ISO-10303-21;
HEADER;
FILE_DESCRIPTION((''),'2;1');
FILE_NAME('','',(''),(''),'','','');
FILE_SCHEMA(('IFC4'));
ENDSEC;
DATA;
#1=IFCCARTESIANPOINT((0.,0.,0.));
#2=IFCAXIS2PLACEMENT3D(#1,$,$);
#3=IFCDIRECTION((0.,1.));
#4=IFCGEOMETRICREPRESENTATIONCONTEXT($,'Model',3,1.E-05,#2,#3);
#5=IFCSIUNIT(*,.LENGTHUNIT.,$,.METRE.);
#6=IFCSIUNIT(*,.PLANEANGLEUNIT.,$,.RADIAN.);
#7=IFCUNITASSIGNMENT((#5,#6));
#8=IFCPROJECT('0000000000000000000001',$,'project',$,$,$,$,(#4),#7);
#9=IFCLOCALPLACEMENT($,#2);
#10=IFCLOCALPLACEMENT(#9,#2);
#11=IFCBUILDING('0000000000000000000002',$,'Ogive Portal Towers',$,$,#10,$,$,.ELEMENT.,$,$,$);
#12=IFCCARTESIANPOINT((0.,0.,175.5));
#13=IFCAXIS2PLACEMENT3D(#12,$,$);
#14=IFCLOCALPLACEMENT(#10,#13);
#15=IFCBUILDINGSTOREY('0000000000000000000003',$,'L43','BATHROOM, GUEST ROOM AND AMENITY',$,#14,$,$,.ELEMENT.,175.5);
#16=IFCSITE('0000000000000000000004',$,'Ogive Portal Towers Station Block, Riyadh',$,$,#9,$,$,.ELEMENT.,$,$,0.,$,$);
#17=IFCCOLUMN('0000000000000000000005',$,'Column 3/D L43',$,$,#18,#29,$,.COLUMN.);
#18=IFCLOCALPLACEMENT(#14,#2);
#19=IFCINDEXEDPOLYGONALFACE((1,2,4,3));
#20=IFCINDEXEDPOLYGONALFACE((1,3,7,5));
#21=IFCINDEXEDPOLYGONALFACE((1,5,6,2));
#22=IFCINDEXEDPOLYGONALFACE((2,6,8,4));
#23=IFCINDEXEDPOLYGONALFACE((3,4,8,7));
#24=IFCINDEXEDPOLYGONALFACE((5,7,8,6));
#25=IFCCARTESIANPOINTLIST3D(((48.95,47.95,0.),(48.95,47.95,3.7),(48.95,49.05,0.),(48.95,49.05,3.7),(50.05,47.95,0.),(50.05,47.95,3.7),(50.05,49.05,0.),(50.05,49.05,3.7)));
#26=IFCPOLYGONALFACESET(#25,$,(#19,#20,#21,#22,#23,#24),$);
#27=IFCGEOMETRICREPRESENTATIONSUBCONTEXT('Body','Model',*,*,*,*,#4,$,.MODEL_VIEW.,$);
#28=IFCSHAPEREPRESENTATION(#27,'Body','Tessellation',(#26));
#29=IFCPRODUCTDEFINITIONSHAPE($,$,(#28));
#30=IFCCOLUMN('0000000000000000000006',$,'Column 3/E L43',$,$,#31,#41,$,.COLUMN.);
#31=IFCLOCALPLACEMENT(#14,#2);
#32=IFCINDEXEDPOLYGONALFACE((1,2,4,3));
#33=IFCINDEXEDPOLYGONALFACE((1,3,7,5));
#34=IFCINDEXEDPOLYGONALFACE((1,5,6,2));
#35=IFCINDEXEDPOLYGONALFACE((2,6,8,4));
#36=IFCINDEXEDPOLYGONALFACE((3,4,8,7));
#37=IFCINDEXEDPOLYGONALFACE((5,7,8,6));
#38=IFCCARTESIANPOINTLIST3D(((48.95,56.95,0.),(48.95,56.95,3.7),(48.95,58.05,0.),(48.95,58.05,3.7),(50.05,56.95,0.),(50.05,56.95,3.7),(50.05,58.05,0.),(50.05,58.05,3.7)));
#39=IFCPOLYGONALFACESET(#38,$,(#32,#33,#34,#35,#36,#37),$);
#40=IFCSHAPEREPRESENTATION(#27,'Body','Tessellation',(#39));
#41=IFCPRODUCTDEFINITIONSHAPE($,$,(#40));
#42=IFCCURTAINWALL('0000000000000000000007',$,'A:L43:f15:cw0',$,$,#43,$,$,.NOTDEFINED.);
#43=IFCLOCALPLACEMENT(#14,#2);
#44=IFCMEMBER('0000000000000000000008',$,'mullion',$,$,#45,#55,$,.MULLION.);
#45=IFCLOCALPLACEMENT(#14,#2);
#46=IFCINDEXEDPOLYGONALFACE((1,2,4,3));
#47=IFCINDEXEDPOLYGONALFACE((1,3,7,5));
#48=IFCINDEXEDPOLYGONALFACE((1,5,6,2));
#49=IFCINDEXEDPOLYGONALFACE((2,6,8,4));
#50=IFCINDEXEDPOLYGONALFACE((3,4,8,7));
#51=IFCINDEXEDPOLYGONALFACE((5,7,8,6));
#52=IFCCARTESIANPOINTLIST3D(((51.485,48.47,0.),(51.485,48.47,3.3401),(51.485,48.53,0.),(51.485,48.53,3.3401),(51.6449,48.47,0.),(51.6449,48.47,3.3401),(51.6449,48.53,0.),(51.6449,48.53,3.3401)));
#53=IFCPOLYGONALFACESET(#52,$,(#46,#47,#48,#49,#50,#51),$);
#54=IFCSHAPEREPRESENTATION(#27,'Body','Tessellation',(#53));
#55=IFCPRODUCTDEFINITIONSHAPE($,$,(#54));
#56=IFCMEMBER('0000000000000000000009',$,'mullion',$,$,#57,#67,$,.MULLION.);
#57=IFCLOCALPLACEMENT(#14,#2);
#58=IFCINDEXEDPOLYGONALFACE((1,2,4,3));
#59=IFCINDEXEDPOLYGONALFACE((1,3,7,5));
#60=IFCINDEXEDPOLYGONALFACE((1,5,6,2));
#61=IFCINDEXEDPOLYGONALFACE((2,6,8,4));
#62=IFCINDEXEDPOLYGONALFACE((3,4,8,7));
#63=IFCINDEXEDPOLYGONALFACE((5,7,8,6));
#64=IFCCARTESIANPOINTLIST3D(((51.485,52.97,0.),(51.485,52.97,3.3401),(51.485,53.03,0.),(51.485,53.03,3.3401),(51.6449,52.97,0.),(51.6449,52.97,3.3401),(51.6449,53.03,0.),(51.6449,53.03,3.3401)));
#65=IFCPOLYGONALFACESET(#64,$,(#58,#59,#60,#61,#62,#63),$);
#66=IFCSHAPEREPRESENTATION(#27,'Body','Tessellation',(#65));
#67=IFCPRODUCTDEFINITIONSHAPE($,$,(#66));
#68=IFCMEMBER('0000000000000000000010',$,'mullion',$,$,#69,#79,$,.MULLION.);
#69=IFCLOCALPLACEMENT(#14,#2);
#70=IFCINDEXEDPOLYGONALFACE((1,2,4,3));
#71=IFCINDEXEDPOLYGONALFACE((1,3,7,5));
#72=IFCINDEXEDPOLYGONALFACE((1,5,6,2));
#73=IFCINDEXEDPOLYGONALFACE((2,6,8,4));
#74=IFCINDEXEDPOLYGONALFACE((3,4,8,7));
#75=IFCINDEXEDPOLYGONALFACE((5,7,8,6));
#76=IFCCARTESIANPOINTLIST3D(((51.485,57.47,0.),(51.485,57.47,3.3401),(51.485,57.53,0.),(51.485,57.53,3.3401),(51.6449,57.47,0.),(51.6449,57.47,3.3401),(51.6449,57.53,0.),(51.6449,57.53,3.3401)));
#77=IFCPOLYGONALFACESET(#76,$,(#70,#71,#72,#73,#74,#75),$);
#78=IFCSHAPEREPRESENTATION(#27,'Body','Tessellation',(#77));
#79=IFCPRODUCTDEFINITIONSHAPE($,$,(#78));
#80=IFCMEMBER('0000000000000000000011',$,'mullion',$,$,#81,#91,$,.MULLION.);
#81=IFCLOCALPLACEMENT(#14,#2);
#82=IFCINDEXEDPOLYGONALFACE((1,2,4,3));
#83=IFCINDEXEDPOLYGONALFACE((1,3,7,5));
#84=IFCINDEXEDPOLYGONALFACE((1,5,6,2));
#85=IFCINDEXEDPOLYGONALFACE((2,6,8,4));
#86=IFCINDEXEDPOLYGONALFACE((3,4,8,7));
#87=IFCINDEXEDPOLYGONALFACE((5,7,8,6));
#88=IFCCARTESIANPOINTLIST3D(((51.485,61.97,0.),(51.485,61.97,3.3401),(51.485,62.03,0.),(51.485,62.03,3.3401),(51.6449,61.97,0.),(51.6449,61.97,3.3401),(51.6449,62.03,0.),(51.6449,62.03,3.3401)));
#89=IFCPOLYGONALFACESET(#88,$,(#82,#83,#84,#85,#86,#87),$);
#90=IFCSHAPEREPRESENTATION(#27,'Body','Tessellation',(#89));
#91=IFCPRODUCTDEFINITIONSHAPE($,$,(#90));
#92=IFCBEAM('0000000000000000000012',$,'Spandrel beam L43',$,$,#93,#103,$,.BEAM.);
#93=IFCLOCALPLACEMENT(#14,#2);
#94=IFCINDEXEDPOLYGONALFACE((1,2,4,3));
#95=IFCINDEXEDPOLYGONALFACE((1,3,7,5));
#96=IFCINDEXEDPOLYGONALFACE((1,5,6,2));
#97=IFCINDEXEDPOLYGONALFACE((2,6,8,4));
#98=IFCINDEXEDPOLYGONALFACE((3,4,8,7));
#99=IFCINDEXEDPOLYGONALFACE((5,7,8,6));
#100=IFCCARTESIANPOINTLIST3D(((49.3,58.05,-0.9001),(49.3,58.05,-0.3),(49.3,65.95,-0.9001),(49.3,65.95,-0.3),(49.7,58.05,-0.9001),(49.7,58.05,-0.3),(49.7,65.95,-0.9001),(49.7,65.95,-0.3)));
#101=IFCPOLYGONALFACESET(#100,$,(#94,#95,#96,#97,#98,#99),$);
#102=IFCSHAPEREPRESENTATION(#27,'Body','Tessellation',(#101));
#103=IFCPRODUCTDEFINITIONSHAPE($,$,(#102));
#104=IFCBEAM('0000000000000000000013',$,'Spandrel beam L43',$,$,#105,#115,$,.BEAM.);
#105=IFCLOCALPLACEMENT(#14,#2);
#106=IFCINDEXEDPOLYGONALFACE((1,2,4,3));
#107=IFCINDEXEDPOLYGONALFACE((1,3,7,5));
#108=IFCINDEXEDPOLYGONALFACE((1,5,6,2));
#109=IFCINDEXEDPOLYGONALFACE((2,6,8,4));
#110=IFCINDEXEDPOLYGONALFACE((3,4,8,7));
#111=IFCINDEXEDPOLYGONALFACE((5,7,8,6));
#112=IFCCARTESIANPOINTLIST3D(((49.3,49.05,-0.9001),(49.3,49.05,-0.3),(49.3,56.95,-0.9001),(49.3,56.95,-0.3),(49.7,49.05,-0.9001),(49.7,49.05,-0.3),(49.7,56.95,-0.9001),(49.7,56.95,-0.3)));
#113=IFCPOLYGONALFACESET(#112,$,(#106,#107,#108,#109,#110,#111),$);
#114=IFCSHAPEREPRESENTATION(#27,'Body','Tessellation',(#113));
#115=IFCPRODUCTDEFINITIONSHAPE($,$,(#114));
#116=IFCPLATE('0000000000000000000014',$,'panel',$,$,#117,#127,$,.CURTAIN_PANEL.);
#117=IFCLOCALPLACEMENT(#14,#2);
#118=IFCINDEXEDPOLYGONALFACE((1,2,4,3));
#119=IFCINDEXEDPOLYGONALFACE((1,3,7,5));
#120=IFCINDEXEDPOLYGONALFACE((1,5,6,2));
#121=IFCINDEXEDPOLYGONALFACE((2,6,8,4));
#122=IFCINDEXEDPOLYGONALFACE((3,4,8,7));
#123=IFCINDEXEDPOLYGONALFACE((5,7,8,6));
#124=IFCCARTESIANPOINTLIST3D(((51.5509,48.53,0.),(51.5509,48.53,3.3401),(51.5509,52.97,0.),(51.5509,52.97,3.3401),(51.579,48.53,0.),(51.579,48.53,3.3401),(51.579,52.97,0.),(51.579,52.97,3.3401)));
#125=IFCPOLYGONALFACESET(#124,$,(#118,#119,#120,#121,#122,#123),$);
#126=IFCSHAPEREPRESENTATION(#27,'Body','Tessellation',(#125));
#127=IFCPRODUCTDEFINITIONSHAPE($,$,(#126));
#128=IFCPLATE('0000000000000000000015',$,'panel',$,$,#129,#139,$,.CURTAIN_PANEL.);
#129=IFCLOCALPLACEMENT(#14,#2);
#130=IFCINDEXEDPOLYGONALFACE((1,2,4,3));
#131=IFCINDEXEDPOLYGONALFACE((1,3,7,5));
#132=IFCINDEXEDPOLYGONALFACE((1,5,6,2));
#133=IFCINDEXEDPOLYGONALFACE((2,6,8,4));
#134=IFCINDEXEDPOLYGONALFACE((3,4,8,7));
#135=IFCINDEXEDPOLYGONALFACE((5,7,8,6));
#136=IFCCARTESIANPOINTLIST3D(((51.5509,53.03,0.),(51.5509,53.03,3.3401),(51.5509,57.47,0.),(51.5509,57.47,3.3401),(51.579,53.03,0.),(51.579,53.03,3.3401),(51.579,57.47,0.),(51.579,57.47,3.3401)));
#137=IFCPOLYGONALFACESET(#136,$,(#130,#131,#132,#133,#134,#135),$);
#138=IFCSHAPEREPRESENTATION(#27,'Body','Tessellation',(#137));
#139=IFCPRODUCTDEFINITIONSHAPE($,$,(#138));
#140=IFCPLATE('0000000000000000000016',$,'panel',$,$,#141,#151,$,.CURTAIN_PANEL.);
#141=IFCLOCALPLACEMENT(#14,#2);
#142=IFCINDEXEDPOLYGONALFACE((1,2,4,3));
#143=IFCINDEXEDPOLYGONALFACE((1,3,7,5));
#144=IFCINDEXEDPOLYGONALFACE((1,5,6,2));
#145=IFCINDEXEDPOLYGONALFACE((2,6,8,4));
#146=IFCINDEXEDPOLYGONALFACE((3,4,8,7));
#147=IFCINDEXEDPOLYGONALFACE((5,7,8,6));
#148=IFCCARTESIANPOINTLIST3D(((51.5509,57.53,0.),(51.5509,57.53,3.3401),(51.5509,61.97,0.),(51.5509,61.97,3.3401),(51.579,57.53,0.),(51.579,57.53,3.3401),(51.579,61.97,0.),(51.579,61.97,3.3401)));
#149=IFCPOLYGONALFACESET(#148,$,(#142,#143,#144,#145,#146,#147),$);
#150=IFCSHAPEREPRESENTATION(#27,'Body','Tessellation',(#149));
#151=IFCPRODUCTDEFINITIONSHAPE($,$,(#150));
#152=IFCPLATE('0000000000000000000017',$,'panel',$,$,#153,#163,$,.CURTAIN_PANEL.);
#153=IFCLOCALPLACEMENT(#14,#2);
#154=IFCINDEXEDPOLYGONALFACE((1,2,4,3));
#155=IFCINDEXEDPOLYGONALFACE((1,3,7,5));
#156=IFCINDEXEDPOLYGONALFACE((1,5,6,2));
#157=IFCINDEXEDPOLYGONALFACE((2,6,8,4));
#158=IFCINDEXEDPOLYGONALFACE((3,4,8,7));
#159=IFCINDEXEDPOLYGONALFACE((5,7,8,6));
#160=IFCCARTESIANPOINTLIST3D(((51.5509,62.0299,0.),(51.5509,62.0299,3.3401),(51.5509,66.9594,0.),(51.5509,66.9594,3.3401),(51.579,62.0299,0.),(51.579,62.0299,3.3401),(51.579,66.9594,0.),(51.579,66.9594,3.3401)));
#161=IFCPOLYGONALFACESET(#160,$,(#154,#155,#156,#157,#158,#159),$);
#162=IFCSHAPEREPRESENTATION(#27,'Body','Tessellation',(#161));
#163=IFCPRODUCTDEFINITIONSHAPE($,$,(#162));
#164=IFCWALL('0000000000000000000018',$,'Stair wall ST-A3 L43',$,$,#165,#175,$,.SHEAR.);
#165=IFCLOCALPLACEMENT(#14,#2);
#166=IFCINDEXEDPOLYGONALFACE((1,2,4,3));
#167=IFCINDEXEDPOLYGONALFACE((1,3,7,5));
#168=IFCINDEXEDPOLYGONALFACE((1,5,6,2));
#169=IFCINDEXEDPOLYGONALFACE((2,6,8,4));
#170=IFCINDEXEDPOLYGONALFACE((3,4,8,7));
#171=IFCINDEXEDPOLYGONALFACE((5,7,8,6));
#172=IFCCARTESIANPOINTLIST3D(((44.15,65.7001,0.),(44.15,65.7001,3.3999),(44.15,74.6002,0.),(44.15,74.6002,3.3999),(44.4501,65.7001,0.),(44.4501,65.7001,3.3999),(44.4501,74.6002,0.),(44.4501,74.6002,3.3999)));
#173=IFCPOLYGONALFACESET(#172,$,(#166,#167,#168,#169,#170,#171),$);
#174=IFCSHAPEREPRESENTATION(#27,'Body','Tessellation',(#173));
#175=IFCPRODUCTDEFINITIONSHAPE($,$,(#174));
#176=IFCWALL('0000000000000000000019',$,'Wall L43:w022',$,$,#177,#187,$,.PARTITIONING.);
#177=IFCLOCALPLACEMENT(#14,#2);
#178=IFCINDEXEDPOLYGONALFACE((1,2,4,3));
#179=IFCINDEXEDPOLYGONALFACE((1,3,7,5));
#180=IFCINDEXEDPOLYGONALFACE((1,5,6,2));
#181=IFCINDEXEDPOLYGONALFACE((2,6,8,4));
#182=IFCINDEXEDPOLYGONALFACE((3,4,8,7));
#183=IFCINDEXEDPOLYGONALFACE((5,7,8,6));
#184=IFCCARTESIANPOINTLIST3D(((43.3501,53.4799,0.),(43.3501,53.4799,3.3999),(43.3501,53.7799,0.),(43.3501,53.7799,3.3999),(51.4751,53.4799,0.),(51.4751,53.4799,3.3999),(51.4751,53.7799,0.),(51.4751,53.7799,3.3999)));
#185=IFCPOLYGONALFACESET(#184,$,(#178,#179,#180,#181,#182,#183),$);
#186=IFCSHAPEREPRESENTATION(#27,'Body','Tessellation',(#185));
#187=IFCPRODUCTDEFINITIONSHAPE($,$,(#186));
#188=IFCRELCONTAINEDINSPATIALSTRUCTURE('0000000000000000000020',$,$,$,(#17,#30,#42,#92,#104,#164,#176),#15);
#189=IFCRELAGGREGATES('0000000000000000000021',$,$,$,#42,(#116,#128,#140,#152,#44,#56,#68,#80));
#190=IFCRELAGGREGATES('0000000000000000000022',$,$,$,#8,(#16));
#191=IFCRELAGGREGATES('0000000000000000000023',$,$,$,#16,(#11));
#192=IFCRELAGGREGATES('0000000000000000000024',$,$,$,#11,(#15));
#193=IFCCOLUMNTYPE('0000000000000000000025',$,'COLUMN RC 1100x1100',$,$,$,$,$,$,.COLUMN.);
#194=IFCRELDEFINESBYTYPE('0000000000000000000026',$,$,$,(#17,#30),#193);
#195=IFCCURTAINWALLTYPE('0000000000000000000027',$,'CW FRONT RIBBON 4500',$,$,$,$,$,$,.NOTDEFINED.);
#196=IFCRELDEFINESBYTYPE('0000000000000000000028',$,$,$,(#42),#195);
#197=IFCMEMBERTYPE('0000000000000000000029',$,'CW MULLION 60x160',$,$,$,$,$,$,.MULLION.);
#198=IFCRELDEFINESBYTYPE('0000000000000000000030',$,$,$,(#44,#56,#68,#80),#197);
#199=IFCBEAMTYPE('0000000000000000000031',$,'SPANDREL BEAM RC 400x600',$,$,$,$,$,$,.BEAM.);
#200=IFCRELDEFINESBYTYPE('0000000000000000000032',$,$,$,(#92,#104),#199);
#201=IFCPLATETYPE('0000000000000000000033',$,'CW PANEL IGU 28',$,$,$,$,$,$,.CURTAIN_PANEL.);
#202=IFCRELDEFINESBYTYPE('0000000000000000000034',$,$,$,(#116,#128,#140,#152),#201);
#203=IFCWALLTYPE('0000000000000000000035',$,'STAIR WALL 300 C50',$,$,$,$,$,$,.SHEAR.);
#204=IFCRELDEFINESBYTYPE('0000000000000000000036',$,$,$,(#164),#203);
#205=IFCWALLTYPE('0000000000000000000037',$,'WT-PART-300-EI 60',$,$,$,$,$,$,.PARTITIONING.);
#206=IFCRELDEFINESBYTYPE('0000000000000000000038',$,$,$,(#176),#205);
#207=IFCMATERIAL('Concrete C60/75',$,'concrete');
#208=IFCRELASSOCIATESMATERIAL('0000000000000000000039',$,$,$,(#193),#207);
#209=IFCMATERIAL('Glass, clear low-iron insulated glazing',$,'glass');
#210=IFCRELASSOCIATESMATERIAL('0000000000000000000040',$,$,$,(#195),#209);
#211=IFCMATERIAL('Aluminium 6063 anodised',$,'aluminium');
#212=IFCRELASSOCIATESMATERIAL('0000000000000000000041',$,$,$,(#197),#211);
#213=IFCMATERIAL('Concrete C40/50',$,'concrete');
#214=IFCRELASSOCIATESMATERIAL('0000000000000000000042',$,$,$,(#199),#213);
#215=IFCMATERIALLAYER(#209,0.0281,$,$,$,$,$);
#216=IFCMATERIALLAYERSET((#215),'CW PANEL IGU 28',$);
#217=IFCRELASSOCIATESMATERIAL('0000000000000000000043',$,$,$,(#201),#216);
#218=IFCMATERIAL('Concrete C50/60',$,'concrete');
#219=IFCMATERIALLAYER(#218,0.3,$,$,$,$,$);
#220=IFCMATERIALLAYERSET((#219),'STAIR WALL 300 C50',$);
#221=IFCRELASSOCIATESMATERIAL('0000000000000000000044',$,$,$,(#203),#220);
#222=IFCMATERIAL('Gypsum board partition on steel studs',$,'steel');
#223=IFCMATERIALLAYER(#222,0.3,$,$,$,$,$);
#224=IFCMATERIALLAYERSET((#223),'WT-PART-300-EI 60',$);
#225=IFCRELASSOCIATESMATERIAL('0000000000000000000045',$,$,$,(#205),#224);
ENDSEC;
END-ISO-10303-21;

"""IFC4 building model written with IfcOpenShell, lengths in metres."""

from ifc_helpers import new_model, si_unit, direction, frame, frame_2d, origin, origin_2d, place, context, subcontext, project, spatial, rectangle, extrude, material, layer, layer_set, material_profile, profile_set, type_object, element, aggregate, save


model = new_model("IFC4")

# Units and contexts
model_context = context("Model", 3, precision=1e-05, world=origin(), true_north=direction((0.0, 1.0)))
body_context = subcontext(model_context, "Body", "Model", "MODEL_VIEW")
ifc_project = project(units=[si_unit("LENGTHUNIT", "METRE"), si_unit("PLANEANGLEUNIT", "RADIAN")], contexts=[model_context])

# Site, building, storey
site_placement = place(None, origin())
site = spatial("IfcSite", under=ifc_project, at=site_placement, Name="Ogive Portal Towers Station Block, Riyadh", CompositionType="ELEMENT", RefElevation=0.0)
building_placement = place(site_placement, origin())
building = spatial("IfcBuilding", under=site, at=building_placement, Name="Ogive Portal Towers", CompositionType="ELEMENT")
storey_placement = place(building_placement, frame((0.0, 0.0, 175.5)))
storey = spatial("IfcBuildingStorey", under=building, at=storey_placement, Name="L43", Description="BATHROOM, GUEST ROOM AND AMENITY", CompositionType="ELEMENT", Elevation=175.5)

# Columns
ifc_material_1 = material(Name="Concrete C60/75", Category="concrete")
ifc_material_profile_1 = material_profile(ifc_material_1, rectangle(XDim=1.1001, YDim=1.1001, at=origin_2d()), Name="RC 1100x1100")
ifc_profile_set_1 = profile_set([ifc_material_profile_1], Name="Concrete C60/75")
column_type = type_object("IfcColumnType", Name="COLUMN RC 1100x1100", PredefinedType="COLUMN", material=ifc_profile_set_1)
for number, where, z_axis, x_axis, name in (
    (1, (49.5, 48.5, 0.0), (0.0, 0.0, 1.0), (1.0, 0.0, 0.0), "Column 3/D L43"),
    (2, (49.5, 57.5, 0.0), (0.0, 0.0, 1.0), (1.0, 0.0, 0.0), "Column 3/E L43"),
):
    element("IfcColumn", number, at=place(storey_placement, frame(where, z_axis=z_axis, x_axis=x_axis)), inside=storey, type_object=column_type, Name=name, PredefinedType="COLUMN", context=body_context, shape_type="SweptSolid", body=[
        extrude(rectangle(XDim=1.1001, YDim=1.1001, at=origin_2d()), origin(), (0.0, 0.0, 1.0), 3.7),
    ])

# Curtain wall, members
ifc_material_2 = material(Name="Glass, clear low-iron insulated glazing", Category="glass")
curtain_wall_type = type_object("IfcCurtainWallType", Name="CW FRONT RIBBON 4500", PredefinedType="NOTDEFINED", material=ifc_material_2)
curtain_wall_placement = place(storey_placement, origin())
curtain_wall = element("IfcCurtainWall", 3, at=curtain_wall_placement, inside=storey, type_object=curtain_wall_type, Name="A:L43:f15:cw0", PredefinedType="NOTDEFINED")
ifc_material_3 = material(Name="Aluminium 6063 anodised", Category="aluminium")
ifc_material_profile_2 = material_profile(ifc_material_3, rectangle(XDim=0.1599, YDim=0.0601, at=origin_2d()), Name="AL 60x160")
ifc_profile_set_2 = profile_set([ifc_material_profile_2], Name="Aluminium 6063 anodised")
member_type = type_object("IfcMemberType", Name="CW MULLION 60x160", PredefinedType="MULLION", material=ifc_profile_set_2)
member_1_placement = place(storey_placement, frame((51.5649, 48.5, 0.0), z_axis=(0.0, 0.0, 1.0), x_axis=(-1.0, 0.0, 0.0)))
member_1 = element("IfcMember", 4, at=member_1_placement, type_object=member_type, Name="mullion", PredefinedType="MULLION", context=body_context, shape_type="SweptSolid", body=[
    extrude(rectangle(XDim=0.1599, YDim=0.0601, at=origin_2d()), origin(), (0.0, 0.0, 1.0), 3.3401),
])
member_2_placement = place(storey_placement, frame((51.5649, 53.0, 0.0), z_axis=(0.0, 0.0, 1.0), x_axis=(-1.0, 0.0, 0.0)))
member_2 = element("IfcMember", 5, at=member_2_placement, type_object=member_type, Name="mullion", PredefinedType="MULLION", context=body_context, shape_type="SweptSolid", body=[
    extrude(rectangle(XDim=0.1599, YDim=0.0601, at=origin_2d()), origin(), (0.0, 0.0, 1.0), 3.3401),
])
member_3_placement = place(storey_placement, frame((51.5649, 57.5, 0.0), z_axis=(0.0, 0.0, 1.0), x_axis=(-1.0, 0.0, 0.0)))
member_3 = element("IfcMember", 6, at=member_3_placement, type_object=member_type, Name="mullion", PredefinedType="MULLION", context=body_context, shape_type="SweptSolid", body=[
    extrude(rectangle(XDim=0.1599, YDim=0.0601, at=origin_2d()), origin(), (0.0, 0.0, 1.0), 3.3401),
])
member_4_placement = place(storey_placement, frame((51.5649, 62.0, 0.0), z_axis=(0.0, 0.0, 1.0), x_axis=(-1.0, 0.0, 0.0)))
member_4 = element("IfcMember", 7, at=member_4_placement, type_object=member_type, Name="mullion", PredefinedType="MULLION", context=body_context, shape_type="SweptSolid", body=[
    extrude(rectangle(XDim=0.1599, YDim=0.0601, at=origin_2d()), origin(), (0.0, 0.0, 1.0), 3.3401),
])

# Beams
ifc_material_4 = material(Name="Concrete C40/50", Category="concrete")
ifc_material_profile_3 = material_profile(ifc_material_4, rectangle(XDim=0.3999, YDim=0.6001, at=origin_2d()), Name="RC 400x600")
ifc_profile_set_3 = profile_set([ifc_material_profile_3], Name="Concrete C40/50")
beam_type = type_object("IfcBeamType", Name="SPANDREL BEAM RC 400x600", PredefinedType="BEAM", material=ifc_profile_set_3)
for number, where, z_axis, x_axis, name in (
    (8, (49.5, 65.95, -0.6001), (0.0, -1.0, 0.0), (1.0, 0.0, 0.0), "Spandrel beam L43"),
    (9, (49.5, 56.95, -0.6001), (0.0, -1.0, 0.0), (1.0, 0.0, 0.0), "Spandrel beam L43"),
):
    element("IfcBeam", number, at=place(storey_placement, frame(where, z_axis=z_axis, x_axis=x_axis)), inside=storey, type_object=beam_type, Name=name, PredefinedType="BEAM", context=body_context, shape_type="SweptSolid", body=[
        extrude(rectangle(XDim=0.3999, YDim=0.6001, at=origin_2d()), origin(), (0.0, 0.0, 1.0), 7.8999),
    ])

# Plates
ifc_layer_1 = layer(ifc_material_2, 0.0281)
ifc_layer_set_1 = layer_set([ifc_layer_1], Name="CW PANEL IGU 28")
plate_type = type_object("IfcPlateType", Name="CW PANEL IGU 28", PredefinedType="CURTAIN_PANEL", material=ifc_layer_set_1)
plate_1_placement = place(storey_placement, frame((51.5649, 50.75, 0.0), z_axis=(0.0, 0.0, 1.0), x_axis=(0.0, 1.0, 0.0)))
plate_1 = element("IfcPlate", 10, at=plate_1_placement, type_object=plate_type, Name="panel", PredefinedType="CURTAIN_PANEL", context=body_context, shape_type="SweptSolid", body=[
    extrude(rectangle(XDim=4.4399, YDim=0.0281, at=origin_2d()), origin(), (0.0, 0.0, 1.0), 3.3401),
])
plate_2_placement = place(storey_placement, frame((51.5649, 55.25, 0.0), z_axis=(0.0, 0.0, 1.0), x_axis=(0.0, 1.0, 0.0)))
plate_2 = element("IfcPlate", 11, at=plate_2_placement, type_object=plate_type, Name="panel", PredefinedType="CURTAIN_PANEL", context=body_context, shape_type="SweptSolid", body=[
    extrude(rectangle(XDim=4.4399, YDim=0.0281, at=origin_2d()), origin(), (0.0, 0.0, 1.0), 3.3401),
])
plate_3_placement = place(storey_placement, frame((51.5649, 59.75, 0.0), z_axis=(0.0, 0.0, 1.0), x_axis=(0.0, 1.0, 0.0)))
plate_3 = element("IfcPlate", 12, at=plate_3_placement, type_object=plate_type, Name="panel", PredefinedType="CURTAIN_PANEL", context=body_context, shape_type="SweptSolid", body=[
    extrude(rectangle(XDim=4.4399, YDim=0.0281, at=origin_2d()), origin(), (0.0, 0.0, 1.0), 3.3401),
])
plate_4_placement = place(storey_placement, frame((51.5649, 64.4946, 0.0), z_axis=(0.0, 0.0, 1.0), x_axis=(0.0, 1.0, 0.0)))
plate_4 = element("IfcPlate", 13, at=plate_4_placement, type_object=plate_type, Name="panel", PredefinedType="CURTAIN_PANEL", context=body_context, shape_type="SweptSolid", body=[
    extrude(rectangle(XDim=4.9294, YDim=0.0281, at=origin_2d()), origin(), (0.0, 0.0, 1.0), 3.3401),
])
aggregate(curtain_wall, [plate_1, plate_2, plate_3, plate_4, member_1, member_2, member_3, member_4])

# Walls
ifc_material_5 = material(Name="Concrete C50/60", Category="concrete")
ifc_layer_2 = layer(ifc_material_5, 0.3)
ifc_layer_set_2 = layer_set([ifc_layer_2], Name="STAIR WALL 300 C50")
wall_type_1 = type_object("IfcWallType", Name="STAIR WALL 300 C50", PredefinedType="SHEAR", material=ifc_layer_set_2)
wall_1_placement = place(storey_placement, frame((44.3, 65.7, 0.0), z_axis=(0.0, 0.0, 1.0), x_axis=(0.0, 1.0, 0.0)))
element("IfcWall", 14, at=wall_1_placement, inside=storey, type_object=wall_type_1, Name="Stair wall ST-A3 L43", PredefinedType="SHEAR", context=body_context, shape_type="SweptSolid", body=[
    extrude(rectangle(XDim=8.9001, YDim=0.3, at=frame_2d((4.4502, 0.0))), origin(), (0.0, 0.0, 1.0), 3.3999),
])
ifc_material_6 = material(Name="Gypsum board partition on steel studs", Category="steel")
ifc_layer_3 = layer(ifc_material_6, 0.3)
ifc_layer_set_3 = layer_set([ifc_layer_3], Name="WT-PART-300-EI 60")
wall_type_2 = type_object("IfcWallType", Name="WT-PART-300-EI 60", PredefinedType="PARTITIONING", material=ifc_layer_set_3)
for number, where, z_axis, x_axis, name in (
    (15, (43.3501, 53.6299, 0.0), (0.0, 0.0, 1.0), (1.0, 0.0, 0.0), "Wall L43:w022"),
):
    element("IfcWall", number, at=place(storey_placement, frame(where, z_axis=z_axis, x_axis=x_axis)), inside=storey, type_object=wall_type_2, Name=name, PredefinedType="PARTITIONING", context=body_context, shape_type="SweptSolid", body=[
        extrude(rectangle(XDim=8.125, YDim=0.3, at=frame_2d((4.0625, 0.0))), origin(), (0.0, 0.0, 1.0), 3.3999),
    ])

save(model, "model.ifc")
